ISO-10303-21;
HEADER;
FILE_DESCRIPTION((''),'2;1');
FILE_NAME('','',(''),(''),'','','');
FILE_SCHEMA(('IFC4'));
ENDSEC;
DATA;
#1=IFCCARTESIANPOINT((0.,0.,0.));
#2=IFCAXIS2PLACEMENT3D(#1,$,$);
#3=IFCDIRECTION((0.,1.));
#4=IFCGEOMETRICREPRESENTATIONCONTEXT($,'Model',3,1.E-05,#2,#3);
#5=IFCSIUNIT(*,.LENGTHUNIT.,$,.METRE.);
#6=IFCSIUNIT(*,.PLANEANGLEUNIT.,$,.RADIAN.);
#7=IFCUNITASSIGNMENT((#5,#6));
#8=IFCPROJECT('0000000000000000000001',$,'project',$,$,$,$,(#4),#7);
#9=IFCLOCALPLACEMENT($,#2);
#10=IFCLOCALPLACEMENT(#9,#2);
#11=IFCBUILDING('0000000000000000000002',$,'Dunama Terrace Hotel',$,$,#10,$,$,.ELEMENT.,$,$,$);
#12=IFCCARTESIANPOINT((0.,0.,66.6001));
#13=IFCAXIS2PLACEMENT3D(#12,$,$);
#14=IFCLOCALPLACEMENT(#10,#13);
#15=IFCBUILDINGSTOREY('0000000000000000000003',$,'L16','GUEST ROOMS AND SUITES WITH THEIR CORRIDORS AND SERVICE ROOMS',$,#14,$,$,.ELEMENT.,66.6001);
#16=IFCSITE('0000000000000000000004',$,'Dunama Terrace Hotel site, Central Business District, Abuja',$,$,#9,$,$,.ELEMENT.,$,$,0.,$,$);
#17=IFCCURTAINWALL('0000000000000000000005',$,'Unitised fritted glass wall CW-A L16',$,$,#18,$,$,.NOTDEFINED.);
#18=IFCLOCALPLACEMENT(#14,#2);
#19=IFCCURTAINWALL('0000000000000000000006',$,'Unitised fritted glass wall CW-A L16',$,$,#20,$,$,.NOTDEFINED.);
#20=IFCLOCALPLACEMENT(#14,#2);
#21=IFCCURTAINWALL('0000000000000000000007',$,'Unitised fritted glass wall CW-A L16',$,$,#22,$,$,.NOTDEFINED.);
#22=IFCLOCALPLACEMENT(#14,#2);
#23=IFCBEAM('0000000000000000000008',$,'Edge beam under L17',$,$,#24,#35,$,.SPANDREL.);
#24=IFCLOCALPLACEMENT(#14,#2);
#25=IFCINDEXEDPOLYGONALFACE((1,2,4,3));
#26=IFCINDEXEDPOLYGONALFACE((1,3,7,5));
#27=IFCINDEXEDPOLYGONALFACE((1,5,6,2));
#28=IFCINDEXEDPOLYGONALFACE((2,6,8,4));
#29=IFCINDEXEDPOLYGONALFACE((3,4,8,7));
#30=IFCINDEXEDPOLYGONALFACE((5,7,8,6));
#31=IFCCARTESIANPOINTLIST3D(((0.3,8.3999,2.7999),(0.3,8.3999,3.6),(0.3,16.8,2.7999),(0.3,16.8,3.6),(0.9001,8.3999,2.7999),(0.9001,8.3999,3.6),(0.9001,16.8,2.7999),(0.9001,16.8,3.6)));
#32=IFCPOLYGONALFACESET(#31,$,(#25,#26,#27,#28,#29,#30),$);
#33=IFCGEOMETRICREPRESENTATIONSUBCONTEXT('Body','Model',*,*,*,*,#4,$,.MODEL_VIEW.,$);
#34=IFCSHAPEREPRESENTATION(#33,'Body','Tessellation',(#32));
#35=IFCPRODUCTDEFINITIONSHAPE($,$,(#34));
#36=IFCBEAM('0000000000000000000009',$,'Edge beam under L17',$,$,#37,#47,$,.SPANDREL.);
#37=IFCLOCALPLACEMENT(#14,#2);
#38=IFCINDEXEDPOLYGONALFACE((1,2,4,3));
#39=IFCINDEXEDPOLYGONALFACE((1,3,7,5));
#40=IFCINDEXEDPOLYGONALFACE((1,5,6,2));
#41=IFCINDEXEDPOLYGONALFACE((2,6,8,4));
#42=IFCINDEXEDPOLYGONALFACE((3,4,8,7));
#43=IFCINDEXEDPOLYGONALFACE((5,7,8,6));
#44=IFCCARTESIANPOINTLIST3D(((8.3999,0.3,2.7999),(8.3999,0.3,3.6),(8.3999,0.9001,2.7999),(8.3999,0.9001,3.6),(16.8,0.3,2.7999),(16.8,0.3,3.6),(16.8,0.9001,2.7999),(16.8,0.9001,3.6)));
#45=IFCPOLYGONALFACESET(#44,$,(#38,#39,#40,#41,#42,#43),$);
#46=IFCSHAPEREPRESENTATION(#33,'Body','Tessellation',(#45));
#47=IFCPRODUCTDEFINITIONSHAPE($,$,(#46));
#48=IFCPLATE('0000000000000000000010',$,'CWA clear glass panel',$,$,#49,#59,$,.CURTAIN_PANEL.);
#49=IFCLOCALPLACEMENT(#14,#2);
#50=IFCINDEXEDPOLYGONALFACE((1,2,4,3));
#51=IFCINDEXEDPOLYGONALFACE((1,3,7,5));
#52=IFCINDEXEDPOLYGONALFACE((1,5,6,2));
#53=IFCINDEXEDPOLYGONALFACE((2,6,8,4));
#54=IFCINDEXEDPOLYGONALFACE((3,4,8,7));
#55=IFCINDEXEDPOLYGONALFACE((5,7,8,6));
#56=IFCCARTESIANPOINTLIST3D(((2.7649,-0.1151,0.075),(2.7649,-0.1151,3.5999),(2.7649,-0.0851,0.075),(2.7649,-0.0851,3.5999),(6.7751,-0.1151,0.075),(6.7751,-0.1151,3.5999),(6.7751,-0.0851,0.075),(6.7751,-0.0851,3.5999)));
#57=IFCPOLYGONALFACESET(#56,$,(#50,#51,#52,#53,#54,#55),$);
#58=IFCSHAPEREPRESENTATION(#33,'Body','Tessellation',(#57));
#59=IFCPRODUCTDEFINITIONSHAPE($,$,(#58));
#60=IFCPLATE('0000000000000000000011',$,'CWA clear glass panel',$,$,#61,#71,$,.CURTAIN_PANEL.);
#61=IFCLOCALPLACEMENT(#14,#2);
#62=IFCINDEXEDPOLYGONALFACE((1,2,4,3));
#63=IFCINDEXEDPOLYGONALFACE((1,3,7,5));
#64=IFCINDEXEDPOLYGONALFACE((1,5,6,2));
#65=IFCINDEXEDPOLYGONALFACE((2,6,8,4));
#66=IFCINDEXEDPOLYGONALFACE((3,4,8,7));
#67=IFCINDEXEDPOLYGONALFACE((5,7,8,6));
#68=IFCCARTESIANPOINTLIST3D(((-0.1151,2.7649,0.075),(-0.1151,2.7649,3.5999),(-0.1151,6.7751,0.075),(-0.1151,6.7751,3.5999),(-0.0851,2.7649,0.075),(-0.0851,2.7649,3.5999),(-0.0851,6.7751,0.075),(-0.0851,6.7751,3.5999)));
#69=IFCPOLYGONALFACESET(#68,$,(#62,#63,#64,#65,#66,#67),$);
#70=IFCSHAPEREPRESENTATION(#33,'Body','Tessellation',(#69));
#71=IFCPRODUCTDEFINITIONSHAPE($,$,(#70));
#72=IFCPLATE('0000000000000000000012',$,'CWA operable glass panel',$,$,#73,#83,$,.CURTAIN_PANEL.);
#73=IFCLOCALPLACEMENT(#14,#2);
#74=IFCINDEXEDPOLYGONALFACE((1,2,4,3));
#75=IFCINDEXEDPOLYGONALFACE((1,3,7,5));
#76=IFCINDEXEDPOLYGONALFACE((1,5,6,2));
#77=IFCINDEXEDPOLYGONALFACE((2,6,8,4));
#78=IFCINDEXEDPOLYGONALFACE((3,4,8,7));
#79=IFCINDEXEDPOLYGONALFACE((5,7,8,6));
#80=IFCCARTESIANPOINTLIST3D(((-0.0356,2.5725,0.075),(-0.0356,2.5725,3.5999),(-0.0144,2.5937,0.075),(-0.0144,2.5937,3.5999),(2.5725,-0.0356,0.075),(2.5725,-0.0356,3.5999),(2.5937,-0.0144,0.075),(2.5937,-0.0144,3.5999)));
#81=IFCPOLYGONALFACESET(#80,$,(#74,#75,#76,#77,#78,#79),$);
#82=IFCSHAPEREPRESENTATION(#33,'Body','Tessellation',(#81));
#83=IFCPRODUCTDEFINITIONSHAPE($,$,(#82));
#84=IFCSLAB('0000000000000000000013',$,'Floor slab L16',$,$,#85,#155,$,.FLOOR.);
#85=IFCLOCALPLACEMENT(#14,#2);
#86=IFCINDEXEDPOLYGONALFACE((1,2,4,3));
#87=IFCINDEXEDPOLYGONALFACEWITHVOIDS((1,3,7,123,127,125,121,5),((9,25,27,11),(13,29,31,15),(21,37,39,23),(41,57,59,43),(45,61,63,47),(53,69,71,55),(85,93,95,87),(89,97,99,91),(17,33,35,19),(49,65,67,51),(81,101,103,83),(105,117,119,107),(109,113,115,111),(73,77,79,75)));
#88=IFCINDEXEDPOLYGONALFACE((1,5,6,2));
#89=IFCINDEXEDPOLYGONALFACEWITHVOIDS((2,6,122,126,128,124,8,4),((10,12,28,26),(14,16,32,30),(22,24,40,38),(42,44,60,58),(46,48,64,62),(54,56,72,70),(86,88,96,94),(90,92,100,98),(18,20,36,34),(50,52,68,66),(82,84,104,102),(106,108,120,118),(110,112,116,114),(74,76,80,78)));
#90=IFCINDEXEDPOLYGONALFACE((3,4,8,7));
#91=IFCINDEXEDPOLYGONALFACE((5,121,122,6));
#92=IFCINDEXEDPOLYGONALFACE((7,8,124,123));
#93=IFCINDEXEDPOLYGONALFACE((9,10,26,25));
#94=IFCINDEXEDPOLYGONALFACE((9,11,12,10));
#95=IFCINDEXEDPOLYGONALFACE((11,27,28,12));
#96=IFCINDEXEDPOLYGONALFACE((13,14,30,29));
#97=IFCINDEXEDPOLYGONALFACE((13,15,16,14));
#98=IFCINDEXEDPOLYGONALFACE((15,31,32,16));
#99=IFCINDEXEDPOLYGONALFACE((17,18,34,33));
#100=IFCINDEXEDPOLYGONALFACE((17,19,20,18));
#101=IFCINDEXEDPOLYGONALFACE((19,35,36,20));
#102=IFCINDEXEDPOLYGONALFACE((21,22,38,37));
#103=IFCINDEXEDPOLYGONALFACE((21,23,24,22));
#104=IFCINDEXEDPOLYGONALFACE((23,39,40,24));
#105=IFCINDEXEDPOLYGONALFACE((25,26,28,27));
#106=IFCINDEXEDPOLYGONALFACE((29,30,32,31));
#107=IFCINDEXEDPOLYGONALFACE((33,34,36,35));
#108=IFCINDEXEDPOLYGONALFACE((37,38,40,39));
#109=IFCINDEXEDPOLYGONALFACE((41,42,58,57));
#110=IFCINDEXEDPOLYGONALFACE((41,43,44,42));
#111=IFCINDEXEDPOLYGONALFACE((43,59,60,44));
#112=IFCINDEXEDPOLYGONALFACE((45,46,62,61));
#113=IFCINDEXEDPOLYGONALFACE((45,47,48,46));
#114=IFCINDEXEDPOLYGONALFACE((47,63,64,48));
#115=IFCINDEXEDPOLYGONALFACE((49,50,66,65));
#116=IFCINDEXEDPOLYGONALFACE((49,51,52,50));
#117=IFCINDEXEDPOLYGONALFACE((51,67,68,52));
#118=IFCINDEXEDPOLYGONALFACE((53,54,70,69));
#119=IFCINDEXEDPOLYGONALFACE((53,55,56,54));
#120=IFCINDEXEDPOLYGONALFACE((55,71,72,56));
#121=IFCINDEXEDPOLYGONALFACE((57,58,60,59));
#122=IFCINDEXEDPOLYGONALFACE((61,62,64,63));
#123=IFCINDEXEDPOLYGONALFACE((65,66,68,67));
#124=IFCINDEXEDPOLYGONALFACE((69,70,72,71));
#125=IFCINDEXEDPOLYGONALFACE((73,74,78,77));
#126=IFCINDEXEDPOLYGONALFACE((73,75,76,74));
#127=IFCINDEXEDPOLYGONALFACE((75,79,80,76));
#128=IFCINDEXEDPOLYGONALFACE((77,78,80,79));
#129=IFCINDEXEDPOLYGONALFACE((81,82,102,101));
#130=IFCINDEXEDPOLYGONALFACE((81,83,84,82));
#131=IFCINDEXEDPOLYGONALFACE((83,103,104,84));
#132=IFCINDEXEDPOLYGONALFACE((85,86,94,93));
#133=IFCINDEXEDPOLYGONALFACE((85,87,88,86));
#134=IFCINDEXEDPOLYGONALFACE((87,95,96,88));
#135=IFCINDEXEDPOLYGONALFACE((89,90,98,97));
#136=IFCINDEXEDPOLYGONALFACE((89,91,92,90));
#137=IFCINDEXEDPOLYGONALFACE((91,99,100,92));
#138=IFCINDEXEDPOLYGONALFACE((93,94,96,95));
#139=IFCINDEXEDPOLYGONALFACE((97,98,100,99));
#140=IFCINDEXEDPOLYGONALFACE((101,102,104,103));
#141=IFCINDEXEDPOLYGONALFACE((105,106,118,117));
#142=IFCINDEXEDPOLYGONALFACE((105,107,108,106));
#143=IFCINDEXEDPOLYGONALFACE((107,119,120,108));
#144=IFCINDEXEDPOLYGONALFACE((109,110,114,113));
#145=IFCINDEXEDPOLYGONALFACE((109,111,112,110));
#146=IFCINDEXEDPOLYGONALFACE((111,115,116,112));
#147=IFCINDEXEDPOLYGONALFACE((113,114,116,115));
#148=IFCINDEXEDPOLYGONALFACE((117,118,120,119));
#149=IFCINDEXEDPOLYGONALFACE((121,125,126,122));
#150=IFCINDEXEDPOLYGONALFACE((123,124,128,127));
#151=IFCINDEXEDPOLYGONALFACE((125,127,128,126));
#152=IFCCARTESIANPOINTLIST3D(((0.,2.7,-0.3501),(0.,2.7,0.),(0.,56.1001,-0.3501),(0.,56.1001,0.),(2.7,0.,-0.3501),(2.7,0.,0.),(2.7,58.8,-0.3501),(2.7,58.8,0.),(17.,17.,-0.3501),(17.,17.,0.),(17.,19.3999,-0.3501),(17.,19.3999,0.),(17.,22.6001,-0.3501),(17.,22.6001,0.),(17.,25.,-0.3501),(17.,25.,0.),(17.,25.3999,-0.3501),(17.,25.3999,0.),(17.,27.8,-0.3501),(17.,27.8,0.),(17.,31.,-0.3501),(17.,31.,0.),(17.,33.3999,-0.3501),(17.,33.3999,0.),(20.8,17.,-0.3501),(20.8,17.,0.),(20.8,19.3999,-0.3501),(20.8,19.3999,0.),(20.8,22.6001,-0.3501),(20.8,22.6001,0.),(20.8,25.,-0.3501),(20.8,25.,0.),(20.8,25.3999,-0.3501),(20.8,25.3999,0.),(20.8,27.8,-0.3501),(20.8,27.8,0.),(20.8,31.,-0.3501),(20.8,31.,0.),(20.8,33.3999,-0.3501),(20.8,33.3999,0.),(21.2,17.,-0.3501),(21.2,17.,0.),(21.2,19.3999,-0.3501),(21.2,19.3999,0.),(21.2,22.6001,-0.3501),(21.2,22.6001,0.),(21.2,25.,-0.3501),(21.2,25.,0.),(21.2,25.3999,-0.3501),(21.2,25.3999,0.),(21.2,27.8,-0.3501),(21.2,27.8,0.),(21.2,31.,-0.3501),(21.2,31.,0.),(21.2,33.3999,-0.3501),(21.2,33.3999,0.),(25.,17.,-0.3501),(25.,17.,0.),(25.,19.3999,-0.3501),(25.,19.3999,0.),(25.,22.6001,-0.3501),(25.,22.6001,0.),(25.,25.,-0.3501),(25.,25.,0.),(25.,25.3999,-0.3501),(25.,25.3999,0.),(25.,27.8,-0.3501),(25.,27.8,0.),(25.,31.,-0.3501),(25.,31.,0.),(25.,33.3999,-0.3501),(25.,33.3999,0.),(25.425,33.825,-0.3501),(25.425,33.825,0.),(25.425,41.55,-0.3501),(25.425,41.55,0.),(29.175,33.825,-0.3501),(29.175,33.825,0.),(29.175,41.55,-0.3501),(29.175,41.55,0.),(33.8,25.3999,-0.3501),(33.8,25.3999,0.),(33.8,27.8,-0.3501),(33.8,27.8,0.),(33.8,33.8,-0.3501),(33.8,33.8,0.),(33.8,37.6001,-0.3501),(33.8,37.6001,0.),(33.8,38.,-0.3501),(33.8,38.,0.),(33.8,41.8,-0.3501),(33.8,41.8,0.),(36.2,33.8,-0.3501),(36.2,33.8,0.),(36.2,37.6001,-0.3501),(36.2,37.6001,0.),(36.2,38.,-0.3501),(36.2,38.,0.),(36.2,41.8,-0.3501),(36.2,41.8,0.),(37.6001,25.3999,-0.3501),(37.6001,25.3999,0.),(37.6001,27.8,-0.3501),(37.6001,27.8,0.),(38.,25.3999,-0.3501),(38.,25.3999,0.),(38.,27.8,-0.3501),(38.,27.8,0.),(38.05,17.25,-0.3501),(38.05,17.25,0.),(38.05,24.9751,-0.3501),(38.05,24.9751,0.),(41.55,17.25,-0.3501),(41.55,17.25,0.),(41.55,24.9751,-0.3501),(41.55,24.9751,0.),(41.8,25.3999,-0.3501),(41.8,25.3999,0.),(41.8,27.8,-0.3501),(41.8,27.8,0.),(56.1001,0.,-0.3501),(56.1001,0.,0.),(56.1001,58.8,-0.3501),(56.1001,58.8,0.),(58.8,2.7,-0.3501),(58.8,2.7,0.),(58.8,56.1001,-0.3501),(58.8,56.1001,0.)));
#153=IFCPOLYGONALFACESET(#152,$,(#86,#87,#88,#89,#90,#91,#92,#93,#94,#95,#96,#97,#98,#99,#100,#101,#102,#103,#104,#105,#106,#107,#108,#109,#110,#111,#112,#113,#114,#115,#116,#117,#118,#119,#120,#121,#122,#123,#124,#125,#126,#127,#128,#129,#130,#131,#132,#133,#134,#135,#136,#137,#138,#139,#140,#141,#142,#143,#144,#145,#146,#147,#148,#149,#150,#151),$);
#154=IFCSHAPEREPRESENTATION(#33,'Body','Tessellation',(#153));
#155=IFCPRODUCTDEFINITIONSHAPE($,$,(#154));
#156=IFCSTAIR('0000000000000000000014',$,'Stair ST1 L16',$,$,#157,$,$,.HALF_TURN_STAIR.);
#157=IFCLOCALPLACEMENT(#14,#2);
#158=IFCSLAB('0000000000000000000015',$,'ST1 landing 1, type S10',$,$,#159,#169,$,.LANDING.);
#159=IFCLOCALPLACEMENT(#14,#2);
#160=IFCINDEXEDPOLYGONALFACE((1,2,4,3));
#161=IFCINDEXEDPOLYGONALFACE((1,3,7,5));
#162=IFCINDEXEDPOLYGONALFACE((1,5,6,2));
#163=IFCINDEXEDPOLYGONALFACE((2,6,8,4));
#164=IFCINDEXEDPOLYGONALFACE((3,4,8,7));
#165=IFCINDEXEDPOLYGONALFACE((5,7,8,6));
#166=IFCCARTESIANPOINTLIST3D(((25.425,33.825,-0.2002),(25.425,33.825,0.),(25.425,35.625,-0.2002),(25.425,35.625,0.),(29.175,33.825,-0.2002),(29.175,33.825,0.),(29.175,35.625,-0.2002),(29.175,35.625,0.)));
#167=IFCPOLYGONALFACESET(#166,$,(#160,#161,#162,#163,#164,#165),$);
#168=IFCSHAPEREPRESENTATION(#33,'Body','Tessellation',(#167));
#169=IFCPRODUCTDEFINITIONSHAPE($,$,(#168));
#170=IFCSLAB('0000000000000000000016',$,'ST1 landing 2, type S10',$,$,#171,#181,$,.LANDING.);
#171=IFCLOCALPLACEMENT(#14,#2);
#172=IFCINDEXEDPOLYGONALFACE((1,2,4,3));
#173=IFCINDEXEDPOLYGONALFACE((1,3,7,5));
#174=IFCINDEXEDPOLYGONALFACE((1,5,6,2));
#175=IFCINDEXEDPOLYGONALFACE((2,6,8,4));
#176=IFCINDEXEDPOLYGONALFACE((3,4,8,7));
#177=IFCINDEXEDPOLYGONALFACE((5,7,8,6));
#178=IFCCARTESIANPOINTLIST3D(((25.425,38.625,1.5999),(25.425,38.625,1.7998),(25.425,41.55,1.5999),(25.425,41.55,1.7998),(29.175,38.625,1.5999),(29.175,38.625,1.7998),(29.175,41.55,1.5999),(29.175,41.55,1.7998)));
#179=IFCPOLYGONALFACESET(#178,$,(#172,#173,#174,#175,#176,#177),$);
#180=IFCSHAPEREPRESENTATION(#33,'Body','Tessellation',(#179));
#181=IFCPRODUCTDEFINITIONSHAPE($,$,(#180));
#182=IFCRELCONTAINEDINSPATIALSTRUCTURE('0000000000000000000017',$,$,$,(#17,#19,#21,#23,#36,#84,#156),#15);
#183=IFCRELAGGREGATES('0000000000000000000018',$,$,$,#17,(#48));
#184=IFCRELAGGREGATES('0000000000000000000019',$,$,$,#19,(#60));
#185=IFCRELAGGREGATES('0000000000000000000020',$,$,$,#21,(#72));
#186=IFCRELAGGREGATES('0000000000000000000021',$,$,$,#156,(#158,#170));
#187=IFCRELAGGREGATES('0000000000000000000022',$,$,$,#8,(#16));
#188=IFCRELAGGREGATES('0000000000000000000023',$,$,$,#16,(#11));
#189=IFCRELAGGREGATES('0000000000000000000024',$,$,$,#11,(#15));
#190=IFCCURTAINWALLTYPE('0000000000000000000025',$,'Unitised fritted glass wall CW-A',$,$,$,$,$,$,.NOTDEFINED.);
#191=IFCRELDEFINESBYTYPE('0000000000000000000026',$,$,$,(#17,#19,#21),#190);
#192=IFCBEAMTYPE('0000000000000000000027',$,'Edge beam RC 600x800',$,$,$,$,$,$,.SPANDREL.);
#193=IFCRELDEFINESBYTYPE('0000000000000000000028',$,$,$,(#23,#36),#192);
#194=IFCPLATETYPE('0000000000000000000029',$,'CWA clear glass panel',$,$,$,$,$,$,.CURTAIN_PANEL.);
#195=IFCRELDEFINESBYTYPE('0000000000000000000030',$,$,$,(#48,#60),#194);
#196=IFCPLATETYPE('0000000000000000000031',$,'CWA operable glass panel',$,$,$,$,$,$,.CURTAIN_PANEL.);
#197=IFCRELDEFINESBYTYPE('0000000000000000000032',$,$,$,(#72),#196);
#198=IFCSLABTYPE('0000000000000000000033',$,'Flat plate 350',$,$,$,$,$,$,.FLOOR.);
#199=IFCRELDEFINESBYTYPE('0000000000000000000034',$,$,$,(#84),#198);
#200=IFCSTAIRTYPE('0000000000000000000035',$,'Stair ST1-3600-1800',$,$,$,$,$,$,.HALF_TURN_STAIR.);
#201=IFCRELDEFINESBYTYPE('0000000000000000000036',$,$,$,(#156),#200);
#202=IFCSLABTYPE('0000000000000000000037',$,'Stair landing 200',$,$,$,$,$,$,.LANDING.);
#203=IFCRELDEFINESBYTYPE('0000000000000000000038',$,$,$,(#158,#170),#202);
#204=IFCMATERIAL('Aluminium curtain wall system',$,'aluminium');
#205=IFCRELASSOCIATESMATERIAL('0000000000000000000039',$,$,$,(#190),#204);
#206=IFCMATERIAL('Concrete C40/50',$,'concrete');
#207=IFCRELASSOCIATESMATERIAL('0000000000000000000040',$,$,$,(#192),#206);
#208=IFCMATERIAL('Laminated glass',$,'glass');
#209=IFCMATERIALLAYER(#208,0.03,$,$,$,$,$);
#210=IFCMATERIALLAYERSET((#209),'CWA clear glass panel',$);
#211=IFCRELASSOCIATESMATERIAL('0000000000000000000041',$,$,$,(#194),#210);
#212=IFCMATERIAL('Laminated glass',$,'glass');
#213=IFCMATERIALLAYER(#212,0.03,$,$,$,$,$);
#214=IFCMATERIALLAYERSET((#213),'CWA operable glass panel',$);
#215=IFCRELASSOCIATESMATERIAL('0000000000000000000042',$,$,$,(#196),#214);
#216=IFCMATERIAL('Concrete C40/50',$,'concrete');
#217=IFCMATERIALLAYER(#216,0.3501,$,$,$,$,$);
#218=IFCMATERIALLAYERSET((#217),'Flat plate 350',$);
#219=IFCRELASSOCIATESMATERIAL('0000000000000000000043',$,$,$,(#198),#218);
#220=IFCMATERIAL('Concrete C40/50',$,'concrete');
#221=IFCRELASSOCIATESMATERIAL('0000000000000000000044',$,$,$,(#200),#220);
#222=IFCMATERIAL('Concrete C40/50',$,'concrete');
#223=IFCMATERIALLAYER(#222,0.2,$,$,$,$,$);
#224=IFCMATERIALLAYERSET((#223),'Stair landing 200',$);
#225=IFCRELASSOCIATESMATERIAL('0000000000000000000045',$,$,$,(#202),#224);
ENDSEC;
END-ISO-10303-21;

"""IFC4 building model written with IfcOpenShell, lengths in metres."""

from ifc_helpers import new_model, si_unit, direction, frame, origin, origin_2d, place, context, subcontext, project, spatial, polyline, rectangle, outline, extrude, material, layer, layer_set, material_profile, profile_set, type_object, element, aggregate, save


model = new_model("IFC4")

# Units and contexts
model_context = context("Model", 3, precision=1e-05, world=origin(), true_north=direction((0.0, 1.0)))
body_context = subcontext(model_context, "Body", "Model", "MODEL_VIEW")
ifc_project = project(units=[si_unit("LENGTHUNIT", "METRE"), si_unit("PLANEANGLEUNIT", "RADIAN")], contexts=[model_context])

# Site, building, storey
site_placement = place(None, origin())
site = spatial("IfcSite", under=ifc_project, at=site_placement, Name="Dunama Terrace Hotel site, Central Business District, Abuja", CompositionType="ELEMENT", RefElevation=0.0)
building_placement = place(site_placement, origin())
building = spatial("IfcBuilding", under=site, at=building_placement, Name="Dunama Terrace Hotel", CompositionType="ELEMENT")
storey_placement = place(building_placement, frame((0.0, 0.0, 66.6001)))
storey = spatial("IfcBuildingStorey", under=building, at=storey_placement, Name="L16", Description="GUEST ROOMS AND SUITES WITH THEIR CORRIDORS AND SERVICE ROOMS", CompositionType="ELEMENT", Elevation=66.6001)

# Curtain walls
ifc_material_1 = material(Name="Aluminium curtain wall system", Category="aluminium")
curtain_wall_type = type_object("IfcCurtainWallType", Name="Unitised fritted glass wall CW-A", PredefinedType="NOTDEFINED", material=ifc_material_1)
curtain_wall_1_placement = place(storey_placement, origin())
curtain_wall_1 = element("IfcCurtainWall", 1, at=curtain_wall_1_placement, inside=storey, type_object=curtain_wall_type, Name="Unitised fritted glass wall CW-A L16", PredefinedType="NOTDEFINED")
curtain_wall_2_placement = place(storey_placement, origin())
curtain_wall_2 = element("IfcCurtainWall", 2, at=curtain_wall_2_placement, inside=storey, type_object=curtain_wall_type, Name="Unitised fritted glass wall CW-A L16", PredefinedType="NOTDEFINED")
curtain_wall_3_placement = place(storey_placement, origin())
curtain_wall_3 = element("IfcCurtainWall", 3, at=curtain_wall_3_placement, inside=storey, type_object=curtain_wall_type, Name="Unitised fritted glass wall CW-A L16", PredefinedType="NOTDEFINED")

# Beams
ifc_material_2 = material(Name="Concrete C40/50", Category="concrete")
ifc_material_profile_1 = material_profile(ifc_material_2, rectangle(XDim=0.6001, YDim=0.8, at=origin_2d()), Name="RC 600x800")
ifc_profile_set_1 = profile_set([ifc_material_profile_1], Name="Concrete C40/50")
beam_type_1 = type_object("IfcBeamType", Name="Edge beam RC 600x800", PredefinedType="SPANDREL", material=ifc_profile_set_1)
for number, where, z_axis, x_axis, name in (
    (4, (0.6001, 8.3999, 3.2), (0.0, 1.0, 0.0), (-1.0, 0.0, 0.0), "Edge beam under L17"),
    (5, (8.3999, 0.6001, 3.2), (1.0, 0.0, 0.0), (0.0, 1.0, 0.0), "Edge beam under L17"),
):
    element("IfcBeam", number, at=place(storey_placement, frame(where, z_axis=z_axis, x_axis=x_axis)), inside=storey, type_object=beam_type_1, Name=name, PredefinedType="SPANDREL", context=body_context, shape_type="SweptSolid", body=[
        extrude(rectangle(XDim=0.6001, YDim=0.8, at=origin_2d()), origin(), (0.0, 0.0, 1.0), 8.4001),
    ])

# Plates
ifc_material_3 = material(Name="Laminated glass", Category="glass")
ifc_layer_1 = layer(ifc_material_3, 0.03)
ifc_layer_set_1 = layer_set([ifc_layer_1], Name="CWA clear glass panel")
plate_type_1 = type_object("IfcPlateType", Name="CWA clear glass panel", PredefinedType="CURTAIN_PANEL", material=ifc_layer_set_1)
plate_1_placement = place(storey_placement, frame((4.77, -0.1001, 0.075), z_axis=(0.0, 0.0, 1.0), x_axis=(1.0, 0.0, 0.0)))
plate_1 = element("IfcPlate", 6, at=plate_1_placement, type_object=plate_type_1, Name="CWA clear glass panel", PredefinedType="CURTAIN_PANEL", context=body_context, shape_type="SweptSolid", body=[
    extrude(rectangle(XDim=4.0103, YDim=0.03, at=origin_2d()), origin(), (0.0, 0.0, 1.0), 3.5249),
])
aggregate(curtain_wall_1, [plate_1])
plate_2_placement = place(storey_placement, frame((-0.1001, 4.77, 0.075), z_axis=(0.0, 0.0, 1.0), x_axis=(0.0, -1.0, 0.0)))
plate_2 = element("IfcPlate", 7, at=plate_2_placement, type_object=plate_type_1, Name="CWA clear glass panel", PredefinedType="CURTAIN_PANEL", context=body_context, shape_type="SweptSolid", body=[
    extrude(rectangle(XDim=4.0103, YDim=0.03, at=origin_2d()), origin(), (0.0, 0.0, 1.0), 3.5249),
])
aggregate(curtain_wall_2, [plate_2])
ifc_material_4 = material(Name="Laminated glass", Category="glass")
ifc_layer_2 = layer(ifc_material_4, 0.03)
ifc_layer_set_2 = layer_set([ifc_layer_2], Name="CWA operable glass panel")
plate_type_2 = type_object("IfcPlateType", Name="CWA operable glass panel", PredefinedType="CURTAIN_PANEL", material=ifc_layer_set_2)
plate_3_placement = place(storey_placement, frame((1.2791, 1.2791, 0.075), z_axis=(0.0, 0.0, 1.0), x_axis=(0.707107, -0.707107, 0.0)))
plate_3 = element("IfcPlate", 8, at=plate_3_placement, type_object=plate_type_2, Name="CWA operable glass panel", PredefinedType="CURTAIN_PANEL", context=body_context, shape_type="SweptSolid", body=[
    extrude(rectangle(XDim=3.6885, YDim=0.03, at=origin_2d()), origin(), (0.0, 0.0, 1.0), 3.5249),
])
aggregate(curtain_wall_3, [plate_3])

# Slab
ifc_material_5 = material(Name="Concrete C40/50", Category="concrete")
ifc_layer_3 = layer(ifc_material_5, 0.3501)
ifc_layer_set_3 = layer_set([ifc_layer_3], Name="Flat plate 350")
slab_type_1 = type_object("IfcSlabType", Name="Flat plate 350", PredefinedType="FLOOR", material=ifc_layer_set_3)
slab_1_placement = place(storey_placement, frame((0.0, 0.0, -0.3501)))
element("IfcSlab", 9, at=slab_1_placement, inside=storey, type_object=slab_type_1, Name="Floor slab L16", PredefinedType="FLOOR", context=body_context, shape_type="SweptSolid", body=[
    extrude(outline(polyline([(2.7, 0.0), (56.1001, 0.0), (58.8, 2.7), (58.8, 56.1001), (56.1001, 58.8), (2.7, 58.8), (0.0, 56.1001), (0.0, 2.7), (2.7, 0.0)]), holes=[polyline([(20.8, 25.3999), (20.8, 27.8), (17.0, 27.8), (17.0, 25.3999), (20.8, 25.3999)]), polyline([(25.0, 25.3999), (25.0, 27.8), (21.2, 27.8), (21.2, 25.3999), (25.0, 25.3999)]), polyline([(20.8, 31.0), (20.8, 33.3999), (17.0, 33.3999), (17.0, 31.0), (20.8, 31.0)]), polyline([(25.0, 31.0), (25.0, 33.3999), (21.2, 33.3999), (21.2, 31.0), (25.0, 31.0)]), polyline([(37.6001, 25.3999), (37.6001, 27.8), (33.8, 27.8), (33.8, 25.3999), (37.6001, 25.3999)]), polyline([(41.8, 25.3999), (41.8, 27.8), (38.0, 27.8), (38.0, 25.3999), (41.8, 25.3999)]), polyline([(20.8, 17.0), (20.8, 19.3999), (17.0, 19.3999), (17.0, 17.0), (20.8, 17.0)]), polyline([(25.0, 17.0), (25.0, 19.3999), (21.2, 19.3999), (21.2, 17.0), (25.0, 17.0)]), polyline([(20.8, 22.6001), (20.8, 25.0), (17.0, 25.0), (17.0, 22.6001), (20.8, 22.6001)]), polyline([(25.0, 22.6001), (25.0, 25.0), (21.2, 25.0), (21.2, 22.6001), (25.0, 22.6001)]), polyline([(36.2, 38.0), (36.2, 41.8), (33.8, 41.8), (33.8, 38.0), (36.2, 38.0)]), polyline([(36.2, 33.8), (36.2, 37.6001), (33.8, 37.6001), (33.8, 33.8), (36.2, 33.8)]), polyline([(29.175, 33.825), (29.175, 41.55), (25.425, 41.55), (25.425, 33.825), (29.175, 33.825)]), polyline([(41.55, 17.25), (41.55, 24.9751), (38.05, 24.9751), (38.05, 17.25), (41.55, 17.25)])]), origin(), (0.0, 0.0, 1.0), 0.3501),
])

# Stair, slabs
ifc_material_6 = material(Name="Concrete C40/50", Category="concrete")
stair_type_1 = type_object("IfcStairType", Name="Stair ST1-3600-1800", PredefinedType="HALF_TURN_STAIR", material=ifc_material_6)
stair_1_placement = place(storey_placement, origin())
stair_1 = element("IfcStair", 10, at=stair_1_placement, inside=storey, type_object=stair_type_1, Name="Stair ST1 L16", PredefinedType="HALF_TURN_STAIR")
ifc_material_7 = material(Name="Concrete C40/50", Category="concrete")
ifc_layer_4 = layer(ifc_material_7, 0.2)
ifc_layer_set_4 = layer_set([ifc_layer_4], Name="Stair landing 200")
slab_type_2 = type_object("IfcSlabType", Name="Stair landing 200", PredefinedType="LANDING", material=ifc_layer_set_4)
slab_2_placement = place(storey_placement, frame((0.0, 0.0, -0.2002)))
slab_2 = element("IfcSlab", 11, at=slab_2_placement, type_object=slab_type_2, Name="ST1 landing 1, type S10", PredefinedType="LANDING", context=body_context, shape_type="SweptSolid", body=[
    extrude(outline(polyline([(25.425, 33.825), (29.175, 33.825), (29.175, 35.625), (25.425, 35.625), (25.425, 33.825)])), origin(), (0.0, 0.0, 1.0), 0.2002),
])
slab_3_placement = place(storey_placement, frame((0.0, 0.0, 1.5999)))
slab_3 = element("IfcSlab", 12, at=slab_3_placement, type_object=slab_type_2, Name="ST1 landing 2, type S10", PredefinedType="LANDING", context=body_context, shape_type="SweptSolid", body=[
    extrude(outline(polyline([(25.425, 38.625), (29.175, 38.625), (29.175, 41.55), (25.425, 41.55), (25.425, 38.625)])), origin(), (0.0, 0.0, 1.0), 0.2),
])
aggregate(stair_1, [slab_2, slab_3])

save(model, "model.ifc")
